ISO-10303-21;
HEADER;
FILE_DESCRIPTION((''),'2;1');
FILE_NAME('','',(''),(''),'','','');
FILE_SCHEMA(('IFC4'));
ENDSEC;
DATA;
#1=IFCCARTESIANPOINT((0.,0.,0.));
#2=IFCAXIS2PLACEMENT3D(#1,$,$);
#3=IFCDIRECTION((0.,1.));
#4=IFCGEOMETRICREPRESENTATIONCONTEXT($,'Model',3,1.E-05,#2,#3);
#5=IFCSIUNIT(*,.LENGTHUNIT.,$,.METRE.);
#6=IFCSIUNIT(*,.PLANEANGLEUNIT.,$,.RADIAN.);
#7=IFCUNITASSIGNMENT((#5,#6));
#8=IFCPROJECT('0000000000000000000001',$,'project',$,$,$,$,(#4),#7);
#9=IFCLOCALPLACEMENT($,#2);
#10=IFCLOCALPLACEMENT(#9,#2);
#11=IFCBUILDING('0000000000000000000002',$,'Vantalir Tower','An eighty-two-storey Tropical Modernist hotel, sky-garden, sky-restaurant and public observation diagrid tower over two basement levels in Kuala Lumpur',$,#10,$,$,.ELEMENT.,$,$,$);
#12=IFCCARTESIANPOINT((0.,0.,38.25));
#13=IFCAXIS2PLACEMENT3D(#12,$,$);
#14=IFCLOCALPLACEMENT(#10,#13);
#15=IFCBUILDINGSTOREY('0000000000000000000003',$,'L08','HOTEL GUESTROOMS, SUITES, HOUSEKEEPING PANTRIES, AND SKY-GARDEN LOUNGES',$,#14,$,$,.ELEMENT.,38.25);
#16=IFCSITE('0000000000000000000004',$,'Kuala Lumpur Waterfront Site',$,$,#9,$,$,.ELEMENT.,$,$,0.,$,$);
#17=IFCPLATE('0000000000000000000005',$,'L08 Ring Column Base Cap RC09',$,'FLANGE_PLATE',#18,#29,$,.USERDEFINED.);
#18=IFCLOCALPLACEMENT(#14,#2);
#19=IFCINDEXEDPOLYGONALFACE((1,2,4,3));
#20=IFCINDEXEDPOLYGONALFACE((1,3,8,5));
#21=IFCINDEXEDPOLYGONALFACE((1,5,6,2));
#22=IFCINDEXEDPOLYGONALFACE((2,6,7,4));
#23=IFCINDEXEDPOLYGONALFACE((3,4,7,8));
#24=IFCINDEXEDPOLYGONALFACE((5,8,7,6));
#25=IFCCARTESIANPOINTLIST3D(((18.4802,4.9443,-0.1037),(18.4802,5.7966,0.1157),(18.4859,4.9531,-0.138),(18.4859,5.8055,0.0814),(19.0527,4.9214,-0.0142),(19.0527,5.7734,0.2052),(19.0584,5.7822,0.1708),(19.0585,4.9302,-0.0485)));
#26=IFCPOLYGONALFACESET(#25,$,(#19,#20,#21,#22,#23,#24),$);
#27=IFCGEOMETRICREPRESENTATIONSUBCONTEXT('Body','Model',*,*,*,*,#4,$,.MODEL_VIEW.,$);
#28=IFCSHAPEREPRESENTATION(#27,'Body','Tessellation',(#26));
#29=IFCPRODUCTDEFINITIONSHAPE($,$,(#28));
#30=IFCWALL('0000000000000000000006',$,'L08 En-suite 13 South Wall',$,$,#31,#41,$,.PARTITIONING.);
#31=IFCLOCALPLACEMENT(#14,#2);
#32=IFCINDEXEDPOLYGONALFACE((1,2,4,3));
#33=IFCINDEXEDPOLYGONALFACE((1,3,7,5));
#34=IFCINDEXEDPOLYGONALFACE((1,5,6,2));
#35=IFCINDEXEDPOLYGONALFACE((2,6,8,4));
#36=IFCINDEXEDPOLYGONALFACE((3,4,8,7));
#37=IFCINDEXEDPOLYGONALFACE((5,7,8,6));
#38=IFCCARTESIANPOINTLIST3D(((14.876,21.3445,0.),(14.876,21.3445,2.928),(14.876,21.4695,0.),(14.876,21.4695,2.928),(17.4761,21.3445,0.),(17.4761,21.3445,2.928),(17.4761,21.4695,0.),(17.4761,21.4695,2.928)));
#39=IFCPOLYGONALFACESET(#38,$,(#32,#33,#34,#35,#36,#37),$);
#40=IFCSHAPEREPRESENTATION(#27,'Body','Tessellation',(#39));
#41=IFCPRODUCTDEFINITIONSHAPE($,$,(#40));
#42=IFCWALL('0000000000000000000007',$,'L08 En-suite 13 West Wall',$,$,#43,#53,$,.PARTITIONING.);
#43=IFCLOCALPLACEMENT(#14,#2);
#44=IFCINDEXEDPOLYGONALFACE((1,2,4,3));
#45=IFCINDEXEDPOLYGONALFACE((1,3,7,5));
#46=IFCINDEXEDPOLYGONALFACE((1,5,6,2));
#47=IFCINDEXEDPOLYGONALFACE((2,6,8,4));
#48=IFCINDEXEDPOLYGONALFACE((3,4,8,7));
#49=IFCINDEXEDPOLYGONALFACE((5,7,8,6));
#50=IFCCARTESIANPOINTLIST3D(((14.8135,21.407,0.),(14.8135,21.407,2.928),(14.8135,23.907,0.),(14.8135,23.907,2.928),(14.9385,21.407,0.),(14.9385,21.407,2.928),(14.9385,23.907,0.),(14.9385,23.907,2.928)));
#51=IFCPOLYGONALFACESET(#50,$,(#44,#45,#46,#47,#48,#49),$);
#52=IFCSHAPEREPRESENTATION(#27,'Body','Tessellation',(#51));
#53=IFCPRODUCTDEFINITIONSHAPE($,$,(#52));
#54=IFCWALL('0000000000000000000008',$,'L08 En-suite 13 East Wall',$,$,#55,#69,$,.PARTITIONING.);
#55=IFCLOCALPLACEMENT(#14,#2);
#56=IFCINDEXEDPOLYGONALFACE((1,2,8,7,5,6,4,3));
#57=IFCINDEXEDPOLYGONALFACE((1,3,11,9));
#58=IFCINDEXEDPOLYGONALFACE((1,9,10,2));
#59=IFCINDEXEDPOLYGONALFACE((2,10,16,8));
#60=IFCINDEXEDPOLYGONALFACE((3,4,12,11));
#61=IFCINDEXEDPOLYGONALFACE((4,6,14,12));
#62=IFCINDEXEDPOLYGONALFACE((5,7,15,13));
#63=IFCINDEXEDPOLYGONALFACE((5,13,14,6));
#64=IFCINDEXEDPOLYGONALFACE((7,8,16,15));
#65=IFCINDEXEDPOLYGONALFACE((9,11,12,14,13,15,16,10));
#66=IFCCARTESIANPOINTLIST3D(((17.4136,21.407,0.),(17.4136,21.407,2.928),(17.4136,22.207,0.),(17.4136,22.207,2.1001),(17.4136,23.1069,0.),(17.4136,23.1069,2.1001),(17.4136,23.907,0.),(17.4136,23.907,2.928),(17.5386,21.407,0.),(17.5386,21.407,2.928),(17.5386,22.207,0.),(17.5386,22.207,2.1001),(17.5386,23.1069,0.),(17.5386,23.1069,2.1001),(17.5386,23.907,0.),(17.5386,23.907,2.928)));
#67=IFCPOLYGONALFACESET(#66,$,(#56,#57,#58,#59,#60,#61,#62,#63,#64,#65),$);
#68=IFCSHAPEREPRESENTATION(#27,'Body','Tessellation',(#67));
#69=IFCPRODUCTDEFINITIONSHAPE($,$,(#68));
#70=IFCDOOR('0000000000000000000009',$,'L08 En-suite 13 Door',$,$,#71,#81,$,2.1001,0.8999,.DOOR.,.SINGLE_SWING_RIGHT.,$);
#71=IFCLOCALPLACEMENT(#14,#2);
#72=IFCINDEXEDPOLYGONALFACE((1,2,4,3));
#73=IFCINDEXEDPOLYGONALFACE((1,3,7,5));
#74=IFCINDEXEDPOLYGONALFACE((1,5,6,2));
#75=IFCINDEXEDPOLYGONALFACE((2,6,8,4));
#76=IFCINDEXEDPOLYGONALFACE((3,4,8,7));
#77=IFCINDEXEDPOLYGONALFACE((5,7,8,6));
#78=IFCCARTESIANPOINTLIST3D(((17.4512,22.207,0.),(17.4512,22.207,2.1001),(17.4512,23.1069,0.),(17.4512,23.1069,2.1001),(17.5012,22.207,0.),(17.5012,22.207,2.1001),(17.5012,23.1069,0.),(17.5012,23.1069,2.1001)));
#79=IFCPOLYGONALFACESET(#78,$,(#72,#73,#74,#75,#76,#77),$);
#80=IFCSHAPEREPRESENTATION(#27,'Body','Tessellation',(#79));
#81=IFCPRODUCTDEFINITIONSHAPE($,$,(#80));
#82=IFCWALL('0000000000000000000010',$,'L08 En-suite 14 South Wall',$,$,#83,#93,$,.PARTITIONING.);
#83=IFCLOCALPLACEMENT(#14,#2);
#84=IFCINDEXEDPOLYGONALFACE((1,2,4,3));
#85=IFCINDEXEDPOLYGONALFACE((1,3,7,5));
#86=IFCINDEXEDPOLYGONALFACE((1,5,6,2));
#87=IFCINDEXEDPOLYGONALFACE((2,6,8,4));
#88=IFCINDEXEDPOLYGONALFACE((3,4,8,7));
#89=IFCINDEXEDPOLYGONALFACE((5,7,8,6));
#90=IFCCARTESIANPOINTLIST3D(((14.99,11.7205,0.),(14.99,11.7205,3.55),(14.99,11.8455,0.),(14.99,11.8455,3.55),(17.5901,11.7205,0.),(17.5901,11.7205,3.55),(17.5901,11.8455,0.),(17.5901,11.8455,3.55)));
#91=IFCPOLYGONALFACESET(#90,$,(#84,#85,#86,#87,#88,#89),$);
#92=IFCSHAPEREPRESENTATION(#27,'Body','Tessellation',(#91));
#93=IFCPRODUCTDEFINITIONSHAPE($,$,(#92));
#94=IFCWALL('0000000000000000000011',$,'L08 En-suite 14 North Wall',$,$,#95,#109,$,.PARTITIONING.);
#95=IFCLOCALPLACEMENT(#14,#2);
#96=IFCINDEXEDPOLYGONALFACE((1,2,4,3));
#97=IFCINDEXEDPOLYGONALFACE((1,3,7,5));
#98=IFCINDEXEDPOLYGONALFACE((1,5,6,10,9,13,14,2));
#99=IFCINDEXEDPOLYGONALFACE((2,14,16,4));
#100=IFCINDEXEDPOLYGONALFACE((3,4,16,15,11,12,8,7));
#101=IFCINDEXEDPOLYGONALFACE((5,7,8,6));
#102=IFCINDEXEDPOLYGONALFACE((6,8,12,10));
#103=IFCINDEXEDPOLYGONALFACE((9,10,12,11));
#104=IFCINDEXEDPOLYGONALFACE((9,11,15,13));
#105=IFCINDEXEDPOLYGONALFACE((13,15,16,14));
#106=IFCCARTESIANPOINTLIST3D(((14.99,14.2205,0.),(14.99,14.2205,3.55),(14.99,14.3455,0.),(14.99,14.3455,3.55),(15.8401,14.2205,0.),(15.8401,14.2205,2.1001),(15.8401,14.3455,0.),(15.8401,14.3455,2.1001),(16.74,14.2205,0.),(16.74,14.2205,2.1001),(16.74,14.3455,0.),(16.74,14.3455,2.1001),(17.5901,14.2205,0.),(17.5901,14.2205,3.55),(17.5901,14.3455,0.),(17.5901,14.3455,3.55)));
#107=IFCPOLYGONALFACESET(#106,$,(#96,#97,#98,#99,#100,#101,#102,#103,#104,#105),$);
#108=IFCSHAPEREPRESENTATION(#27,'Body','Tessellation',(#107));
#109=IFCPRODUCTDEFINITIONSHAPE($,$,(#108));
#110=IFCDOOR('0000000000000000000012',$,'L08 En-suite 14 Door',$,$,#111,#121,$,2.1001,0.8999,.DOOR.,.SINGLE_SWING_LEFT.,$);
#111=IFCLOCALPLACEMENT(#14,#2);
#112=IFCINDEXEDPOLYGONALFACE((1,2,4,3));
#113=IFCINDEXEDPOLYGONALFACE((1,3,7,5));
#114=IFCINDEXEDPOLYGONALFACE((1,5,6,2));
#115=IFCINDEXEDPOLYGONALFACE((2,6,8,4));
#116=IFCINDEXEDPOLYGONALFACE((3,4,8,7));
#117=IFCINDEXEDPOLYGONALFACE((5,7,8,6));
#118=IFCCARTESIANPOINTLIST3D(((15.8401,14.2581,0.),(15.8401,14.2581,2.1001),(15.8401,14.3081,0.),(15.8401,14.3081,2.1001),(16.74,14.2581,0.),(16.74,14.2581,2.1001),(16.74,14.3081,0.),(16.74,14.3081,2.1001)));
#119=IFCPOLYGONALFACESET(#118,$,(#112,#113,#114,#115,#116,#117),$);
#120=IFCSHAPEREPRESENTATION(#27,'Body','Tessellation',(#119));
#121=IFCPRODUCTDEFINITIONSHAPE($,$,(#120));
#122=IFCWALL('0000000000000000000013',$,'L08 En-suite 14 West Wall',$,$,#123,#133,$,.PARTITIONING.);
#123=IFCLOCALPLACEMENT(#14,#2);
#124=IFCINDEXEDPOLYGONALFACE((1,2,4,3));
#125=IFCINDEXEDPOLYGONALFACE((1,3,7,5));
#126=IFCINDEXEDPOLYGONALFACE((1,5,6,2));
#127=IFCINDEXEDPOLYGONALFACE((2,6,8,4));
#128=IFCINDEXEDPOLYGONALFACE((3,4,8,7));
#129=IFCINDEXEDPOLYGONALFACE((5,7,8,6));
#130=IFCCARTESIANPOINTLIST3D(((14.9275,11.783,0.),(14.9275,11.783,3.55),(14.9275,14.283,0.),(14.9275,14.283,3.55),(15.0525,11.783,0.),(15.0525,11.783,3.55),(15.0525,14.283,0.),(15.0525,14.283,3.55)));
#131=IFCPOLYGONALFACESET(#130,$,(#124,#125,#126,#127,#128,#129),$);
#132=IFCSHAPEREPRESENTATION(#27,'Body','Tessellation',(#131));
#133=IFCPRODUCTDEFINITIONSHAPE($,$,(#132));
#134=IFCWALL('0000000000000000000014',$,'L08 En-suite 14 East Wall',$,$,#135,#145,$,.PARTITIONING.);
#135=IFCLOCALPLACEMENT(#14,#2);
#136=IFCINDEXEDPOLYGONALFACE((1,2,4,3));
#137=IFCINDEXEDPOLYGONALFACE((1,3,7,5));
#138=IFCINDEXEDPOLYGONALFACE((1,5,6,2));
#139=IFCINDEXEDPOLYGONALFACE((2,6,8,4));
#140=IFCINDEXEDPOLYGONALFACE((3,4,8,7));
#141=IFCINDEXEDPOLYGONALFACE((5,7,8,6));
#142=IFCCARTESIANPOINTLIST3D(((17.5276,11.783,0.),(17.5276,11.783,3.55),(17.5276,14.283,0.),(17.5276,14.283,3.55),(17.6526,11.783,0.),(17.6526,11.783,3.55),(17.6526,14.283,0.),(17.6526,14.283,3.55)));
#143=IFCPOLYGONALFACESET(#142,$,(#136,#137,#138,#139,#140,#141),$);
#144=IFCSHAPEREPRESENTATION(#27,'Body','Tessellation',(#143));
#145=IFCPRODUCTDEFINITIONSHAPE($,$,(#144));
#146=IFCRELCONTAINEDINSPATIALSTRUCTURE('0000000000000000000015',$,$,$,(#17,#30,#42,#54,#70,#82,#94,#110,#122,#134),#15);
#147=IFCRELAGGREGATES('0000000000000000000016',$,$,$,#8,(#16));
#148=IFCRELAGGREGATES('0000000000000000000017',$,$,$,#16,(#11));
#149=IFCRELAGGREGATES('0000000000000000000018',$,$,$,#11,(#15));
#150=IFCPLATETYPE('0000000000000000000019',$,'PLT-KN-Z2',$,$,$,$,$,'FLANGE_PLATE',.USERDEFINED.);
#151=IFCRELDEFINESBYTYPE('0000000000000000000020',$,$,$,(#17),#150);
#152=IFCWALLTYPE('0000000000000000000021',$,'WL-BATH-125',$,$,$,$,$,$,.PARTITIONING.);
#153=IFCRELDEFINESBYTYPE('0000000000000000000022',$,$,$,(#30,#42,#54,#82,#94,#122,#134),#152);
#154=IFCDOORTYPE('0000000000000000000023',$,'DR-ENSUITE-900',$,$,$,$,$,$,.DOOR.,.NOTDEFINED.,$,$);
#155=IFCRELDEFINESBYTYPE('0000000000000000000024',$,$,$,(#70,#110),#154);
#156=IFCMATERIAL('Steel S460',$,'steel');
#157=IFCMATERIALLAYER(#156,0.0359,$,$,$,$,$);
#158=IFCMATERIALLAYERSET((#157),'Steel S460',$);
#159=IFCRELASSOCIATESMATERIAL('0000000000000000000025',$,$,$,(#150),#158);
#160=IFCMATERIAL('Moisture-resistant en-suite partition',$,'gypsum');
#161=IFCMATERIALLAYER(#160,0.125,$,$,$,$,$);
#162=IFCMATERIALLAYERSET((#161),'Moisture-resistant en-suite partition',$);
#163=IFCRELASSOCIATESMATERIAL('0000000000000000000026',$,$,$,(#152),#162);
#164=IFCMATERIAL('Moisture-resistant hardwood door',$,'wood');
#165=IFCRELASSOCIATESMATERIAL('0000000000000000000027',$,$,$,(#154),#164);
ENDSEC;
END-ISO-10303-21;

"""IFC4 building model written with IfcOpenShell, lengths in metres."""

from ifc_helpers import new_model, si_unit, direction, frame, frame_2d, origin, place, context, subcontext, project, spatial, polyline, rectangle, outline, extrude, material, layer, layer_set, type_object, element, fill, save


model = new_model("IFC4")

# Units and contexts
model_context = context("Model", 3, precision=1e-05, world=origin(), true_north=direction((0.0, 1.0)))
body_context = subcontext(model_context, "Body", "Model", "MODEL_VIEW")
ifc_project = project(units=[si_unit("LENGTHUNIT", "METRE"), si_unit("PLANEANGLEUNIT", "RADIAN")], contexts=[model_context])

# Site, building, storey
site_placement = place(None, origin())
site = spatial("IfcSite", under=ifc_project, at=site_placement, Name="Kuala Lumpur Waterfront Site", CompositionType="ELEMENT", RefElevation=0.0)
building_placement = place(site_placement, origin())
building = spatial("IfcBuilding", under=site, at=building_placement, Name="Vantalir Tower", Description="An eighty-two-storey Tropical Modernist hotel, sky-garden, sky-restaurant and public observation diagrid tower over two basement levels in Kuala Lumpur", CompositionType="ELEMENT")
storey_placement = place(building_placement, frame((0.0, 0.0, 38.25)))
storey = spatial("IfcBuildingStorey", under=building, at=storey_placement, Name="L08", Description="HOTEL GUESTROOMS, SUITES, HOUSEKEEPING PANTRIES, AND SKY-GARDEN LOUNGES", CompositionType="ELEMENT", Elevation=38.25)

# Shared definitions
ifc_material_1 = material(Name="Steel S460", Category="steel")

# Plate
ifc_layer_1 = layer(ifc_material_1, 0.0359)
ifc_layer_set_1 = layer_set([ifc_layer_1], Name="Steel S460")
plate_type_1 = type_object("IfcPlateType", Name="PLT-KN-Z2", ElementType="FLANGE_PLATE", PredefinedType="USERDEFINED", material=ifc_layer_set_1)
plate_1_placement = place(storey_placement, frame((18.4802, 5.7966, 0.1157), z_axis=(-0.15934, -0.246101, 0.956057), x_axis=(-0.000016, -0.968429, -0.249289)))
element("IfcPlate", 1, at=plate_1_placement, inside=storey, type_object=plate_type_1, Name="L08 Ring Column Base Cap RC09", ObjectType="FLANGE_PLATE", PredefinedType="USERDEFINED", context=body_context, shape_type="SweptSolid", body=[
    extrude(outline(polyline([(0.0, 0.0), (0.8801, 0.0), (0.88, 0.5799), (0.0002, 0.5799), (0.0, 0.0)])), origin(), (0.0, 0.0, -1.0), 0.0359),
])

# Walls
ifc_material_2 = material(Name="Moisture-resistant en-suite partition", Category="gypsum")
ifc_layer_2 = layer(ifc_material_2, 0.125)
ifc_layer_set_2 = layer_set([ifc_layer_2], Name="Moisture-resistant en-suite partition")
wall_type = type_object("IfcWallType", Name="WL-BATH-125", PredefinedType="PARTITIONING", material=ifc_layer_set_2)
wall_1_placement = place(storey_placement, frame((14.876, 21.407, 0.0), z_axis=(0.0, 0.0, 1.0), x_axis=(1.0, 0.0, 0.0)))
element("IfcWall", 2, at=wall_1_placement, inside=storey, type_object=wall_type, Name="L08 En-suite 13 South Wall", PredefinedType="PARTITIONING", context=body_context, shape_type="SweptSolid", body=[
    extrude(rectangle(XDim=2.6001, YDim=0.125, at=frame_2d((1.3, 0.0))), origin(), (0.0, 0.0, 1.0), 2.928),
])
wall_2_placement = place(storey_placement, frame((14.876, 21.407, 0.0), z_axis=(0.0, 0.0, 1.0), x_axis=(0.0, 1.0, 0.0)))
element("IfcWall", 3, at=wall_2_placement, inside=storey, type_object=wall_type, Name="L08 En-suite 13 West Wall", PredefinedType="PARTITIONING", context=body_context, shape_type="SweptSolid", body=[
    extrude(rectangle(XDim=2.5, YDim=0.125, at=frame_2d((1.25, 0.0))), origin(), (0.0, 0.0, 1.0), 2.928),
])

# Wall, opening, door
wall_3_placement = place(storey_placement, frame((17.4761, 21.407, 0.0), z_axis=(0.0, 0.0, 1.0), x_axis=(0.0, 1.0, 0.0)))
wall_3 = element("IfcWall", 4, at=wall_3_placement, inside=storey, type_object=wall_type, Name="L08 En-suite 13 East Wall", PredefinedType="PARTITIONING", context=body_context, shape_type="SweptSolid", body=[
    extrude(rectangle(XDim=2.5, YDim=0.125, at=frame_2d((1.25, 0.0))), origin(), (0.0, 0.0, 1.0), 2.928),
])
opening_1_placement = place(wall_3_placement, frame((0.8, 0.0, 0.0)))
opening_1 = element("IfcOpeningElement", 5, at=opening_1_placement, cuts=wall_3, PredefinedType="OPENING", context=body_context, shape_type="SweptSolid", body=[
    extrude(rectangle(XDim=0.8999, YDim=2.1001, at=frame_2d((0.45, 1.05))), frame((0.0, 0.0725, 0.0), z_axis=(0.0, -1.0, 0.0), x_axis=(1.0, 0.0, 0.0)), (0.0, 0.0, 1.0), 0.145),
])
ifc_material_3 = material(Name="Moisture-resistant hardwood door", Category="wood")
door_type = type_object("IfcDoorType", Name="DR-ENSUITE-900", OperationType="NOTDEFINED", PredefinedType="DOOR", material=ifc_material_3)
door_1_placement = place(opening_1_placement, origin())
door_1 = element("IfcDoor", 6, at=door_1_placement, inside=storey, type_object=door_type, Name="L08 En-suite 13 Door", OperationType="SINGLE_SWING_RIGHT", OverallHeight=2.1001, OverallWidth=0.8999, PredefinedType="DOOR", context=body_context, shape_type="SweptSolid", body=[
    extrude(rectangle(XDim=0.8999, YDim=2.1001, at=frame_2d((0.45, 1.05))), frame((0.0, 0.0249, 0.0), z_axis=(0.0, -1.0, 0.0), x_axis=(1.0, 0.0, 0.0)), (0.0, 0.0, 1.0), 0.05),
])
fill(opening_1, door_1)

# Wall
wall_4_placement = place(storey_placement, frame((14.99, 11.783, 0.0), z_axis=(0.0, 0.0, 1.0), x_axis=(1.0, 0.0, 0.0)))
element("IfcWall", 7, at=wall_4_placement, inside=storey, type_object=wall_type, Name="L08 En-suite 14 South Wall", PredefinedType="PARTITIONING", context=body_context, shape_type="SweptSolid", body=[
    extrude(rectangle(XDim=2.6001, YDim=0.125, at=frame_2d((1.3, 0.0))), origin(), (0.0, 0.0, 1.0), 3.55),
])

# Wall, opening, door
wall_5_placement = place(storey_placement, frame((14.99, 14.283, 0.0), z_axis=(0.0, 0.0, 1.0), x_axis=(1.0, 0.0, 0.0)))
wall_5 = element("IfcWall", 8, at=wall_5_placement, inside=storey, type_object=wall_type, Name="L08 En-suite 14 North Wall", PredefinedType="PARTITIONING", context=body_context, shape_type="SweptSolid", body=[
    extrude(rectangle(XDim=2.6001, YDim=0.125, at=frame_2d((1.3, 0.0))), origin(), (0.0, 0.0, 1.0), 3.55),
])
opening_2_placement = place(wall_5_placement, frame((0.8501, 0.0, 0.0)))
opening_2 = element("IfcOpeningElement", 9, at=opening_2_placement, cuts=wall_5, PredefinedType="OPENING", context=body_context, shape_type="SweptSolid", body=[
    extrude(rectangle(XDim=0.8999, YDim=2.1001, at=frame_2d((0.45, 1.05))), frame((0.0, 0.0725, 0.0), z_axis=(0.0, -1.0, 0.0), x_axis=(1.0, 0.0, 0.0)), (0.0, 0.0, 1.0), 0.145),
])
door_2_placement = place(opening_2_placement, frame((0.8999, 0.0, 0.0), z_axis=(0.0, 0.0, 1.0), x_axis=(-1.0, 0.0, 0.0)))
door_2 = element("IfcDoor", 10, at=door_2_placement, inside=storey, type_object=door_type, Name="L08 En-suite 14 Door", OperationType="SINGLE_SWING_LEFT", OverallHeight=2.1001, OverallWidth=0.8999, PredefinedType="DOOR", context=body_context, shape_type="SweptSolid", body=[
    extrude(rectangle(XDim=0.8999, YDim=2.1001, at=frame_2d((0.45, 1.05))), frame((0.0, 0.0249, 0.0), z_axis=(0.0, -1.0, 0.0), x_axis=(1.0, 0.0, 0.0)), (0.0, 0.0, 1.0), 0.05),
])
fill(opening_2, door_2)

# Walls
for number, where, z_axis, x_axis, name in (
    (11, (14.99, 11.783, 0.0), (0.0, 0.0, 1.0), (0.0, 1.0, 0.0), "L08 En-suite 14 West Wall"),
    (12, (17.5901, 11.783, 0.0), (0.0, 0.0, 1.0), (0.0, 1.0, 0.0), "L08 En-suite 14 East Wall"),
):
    element("IfcWall", number, at=place(storey_placement, frame(where, z_axis=z_axis, x_axis=x_axis)), inside=storey, type_object=wall_type, Name=name, PredefinedType="PARTITIONING", context=body_context, shape_type="SweptSolid", body=[
        extrude(rectangle(XDim=2.5, YDim=0.125, at=frame_2d((1.25, 0.0))), origin(), (0.0, 0.0, 1.0), 3.55),
    ])

save(model, "model.ifc")
